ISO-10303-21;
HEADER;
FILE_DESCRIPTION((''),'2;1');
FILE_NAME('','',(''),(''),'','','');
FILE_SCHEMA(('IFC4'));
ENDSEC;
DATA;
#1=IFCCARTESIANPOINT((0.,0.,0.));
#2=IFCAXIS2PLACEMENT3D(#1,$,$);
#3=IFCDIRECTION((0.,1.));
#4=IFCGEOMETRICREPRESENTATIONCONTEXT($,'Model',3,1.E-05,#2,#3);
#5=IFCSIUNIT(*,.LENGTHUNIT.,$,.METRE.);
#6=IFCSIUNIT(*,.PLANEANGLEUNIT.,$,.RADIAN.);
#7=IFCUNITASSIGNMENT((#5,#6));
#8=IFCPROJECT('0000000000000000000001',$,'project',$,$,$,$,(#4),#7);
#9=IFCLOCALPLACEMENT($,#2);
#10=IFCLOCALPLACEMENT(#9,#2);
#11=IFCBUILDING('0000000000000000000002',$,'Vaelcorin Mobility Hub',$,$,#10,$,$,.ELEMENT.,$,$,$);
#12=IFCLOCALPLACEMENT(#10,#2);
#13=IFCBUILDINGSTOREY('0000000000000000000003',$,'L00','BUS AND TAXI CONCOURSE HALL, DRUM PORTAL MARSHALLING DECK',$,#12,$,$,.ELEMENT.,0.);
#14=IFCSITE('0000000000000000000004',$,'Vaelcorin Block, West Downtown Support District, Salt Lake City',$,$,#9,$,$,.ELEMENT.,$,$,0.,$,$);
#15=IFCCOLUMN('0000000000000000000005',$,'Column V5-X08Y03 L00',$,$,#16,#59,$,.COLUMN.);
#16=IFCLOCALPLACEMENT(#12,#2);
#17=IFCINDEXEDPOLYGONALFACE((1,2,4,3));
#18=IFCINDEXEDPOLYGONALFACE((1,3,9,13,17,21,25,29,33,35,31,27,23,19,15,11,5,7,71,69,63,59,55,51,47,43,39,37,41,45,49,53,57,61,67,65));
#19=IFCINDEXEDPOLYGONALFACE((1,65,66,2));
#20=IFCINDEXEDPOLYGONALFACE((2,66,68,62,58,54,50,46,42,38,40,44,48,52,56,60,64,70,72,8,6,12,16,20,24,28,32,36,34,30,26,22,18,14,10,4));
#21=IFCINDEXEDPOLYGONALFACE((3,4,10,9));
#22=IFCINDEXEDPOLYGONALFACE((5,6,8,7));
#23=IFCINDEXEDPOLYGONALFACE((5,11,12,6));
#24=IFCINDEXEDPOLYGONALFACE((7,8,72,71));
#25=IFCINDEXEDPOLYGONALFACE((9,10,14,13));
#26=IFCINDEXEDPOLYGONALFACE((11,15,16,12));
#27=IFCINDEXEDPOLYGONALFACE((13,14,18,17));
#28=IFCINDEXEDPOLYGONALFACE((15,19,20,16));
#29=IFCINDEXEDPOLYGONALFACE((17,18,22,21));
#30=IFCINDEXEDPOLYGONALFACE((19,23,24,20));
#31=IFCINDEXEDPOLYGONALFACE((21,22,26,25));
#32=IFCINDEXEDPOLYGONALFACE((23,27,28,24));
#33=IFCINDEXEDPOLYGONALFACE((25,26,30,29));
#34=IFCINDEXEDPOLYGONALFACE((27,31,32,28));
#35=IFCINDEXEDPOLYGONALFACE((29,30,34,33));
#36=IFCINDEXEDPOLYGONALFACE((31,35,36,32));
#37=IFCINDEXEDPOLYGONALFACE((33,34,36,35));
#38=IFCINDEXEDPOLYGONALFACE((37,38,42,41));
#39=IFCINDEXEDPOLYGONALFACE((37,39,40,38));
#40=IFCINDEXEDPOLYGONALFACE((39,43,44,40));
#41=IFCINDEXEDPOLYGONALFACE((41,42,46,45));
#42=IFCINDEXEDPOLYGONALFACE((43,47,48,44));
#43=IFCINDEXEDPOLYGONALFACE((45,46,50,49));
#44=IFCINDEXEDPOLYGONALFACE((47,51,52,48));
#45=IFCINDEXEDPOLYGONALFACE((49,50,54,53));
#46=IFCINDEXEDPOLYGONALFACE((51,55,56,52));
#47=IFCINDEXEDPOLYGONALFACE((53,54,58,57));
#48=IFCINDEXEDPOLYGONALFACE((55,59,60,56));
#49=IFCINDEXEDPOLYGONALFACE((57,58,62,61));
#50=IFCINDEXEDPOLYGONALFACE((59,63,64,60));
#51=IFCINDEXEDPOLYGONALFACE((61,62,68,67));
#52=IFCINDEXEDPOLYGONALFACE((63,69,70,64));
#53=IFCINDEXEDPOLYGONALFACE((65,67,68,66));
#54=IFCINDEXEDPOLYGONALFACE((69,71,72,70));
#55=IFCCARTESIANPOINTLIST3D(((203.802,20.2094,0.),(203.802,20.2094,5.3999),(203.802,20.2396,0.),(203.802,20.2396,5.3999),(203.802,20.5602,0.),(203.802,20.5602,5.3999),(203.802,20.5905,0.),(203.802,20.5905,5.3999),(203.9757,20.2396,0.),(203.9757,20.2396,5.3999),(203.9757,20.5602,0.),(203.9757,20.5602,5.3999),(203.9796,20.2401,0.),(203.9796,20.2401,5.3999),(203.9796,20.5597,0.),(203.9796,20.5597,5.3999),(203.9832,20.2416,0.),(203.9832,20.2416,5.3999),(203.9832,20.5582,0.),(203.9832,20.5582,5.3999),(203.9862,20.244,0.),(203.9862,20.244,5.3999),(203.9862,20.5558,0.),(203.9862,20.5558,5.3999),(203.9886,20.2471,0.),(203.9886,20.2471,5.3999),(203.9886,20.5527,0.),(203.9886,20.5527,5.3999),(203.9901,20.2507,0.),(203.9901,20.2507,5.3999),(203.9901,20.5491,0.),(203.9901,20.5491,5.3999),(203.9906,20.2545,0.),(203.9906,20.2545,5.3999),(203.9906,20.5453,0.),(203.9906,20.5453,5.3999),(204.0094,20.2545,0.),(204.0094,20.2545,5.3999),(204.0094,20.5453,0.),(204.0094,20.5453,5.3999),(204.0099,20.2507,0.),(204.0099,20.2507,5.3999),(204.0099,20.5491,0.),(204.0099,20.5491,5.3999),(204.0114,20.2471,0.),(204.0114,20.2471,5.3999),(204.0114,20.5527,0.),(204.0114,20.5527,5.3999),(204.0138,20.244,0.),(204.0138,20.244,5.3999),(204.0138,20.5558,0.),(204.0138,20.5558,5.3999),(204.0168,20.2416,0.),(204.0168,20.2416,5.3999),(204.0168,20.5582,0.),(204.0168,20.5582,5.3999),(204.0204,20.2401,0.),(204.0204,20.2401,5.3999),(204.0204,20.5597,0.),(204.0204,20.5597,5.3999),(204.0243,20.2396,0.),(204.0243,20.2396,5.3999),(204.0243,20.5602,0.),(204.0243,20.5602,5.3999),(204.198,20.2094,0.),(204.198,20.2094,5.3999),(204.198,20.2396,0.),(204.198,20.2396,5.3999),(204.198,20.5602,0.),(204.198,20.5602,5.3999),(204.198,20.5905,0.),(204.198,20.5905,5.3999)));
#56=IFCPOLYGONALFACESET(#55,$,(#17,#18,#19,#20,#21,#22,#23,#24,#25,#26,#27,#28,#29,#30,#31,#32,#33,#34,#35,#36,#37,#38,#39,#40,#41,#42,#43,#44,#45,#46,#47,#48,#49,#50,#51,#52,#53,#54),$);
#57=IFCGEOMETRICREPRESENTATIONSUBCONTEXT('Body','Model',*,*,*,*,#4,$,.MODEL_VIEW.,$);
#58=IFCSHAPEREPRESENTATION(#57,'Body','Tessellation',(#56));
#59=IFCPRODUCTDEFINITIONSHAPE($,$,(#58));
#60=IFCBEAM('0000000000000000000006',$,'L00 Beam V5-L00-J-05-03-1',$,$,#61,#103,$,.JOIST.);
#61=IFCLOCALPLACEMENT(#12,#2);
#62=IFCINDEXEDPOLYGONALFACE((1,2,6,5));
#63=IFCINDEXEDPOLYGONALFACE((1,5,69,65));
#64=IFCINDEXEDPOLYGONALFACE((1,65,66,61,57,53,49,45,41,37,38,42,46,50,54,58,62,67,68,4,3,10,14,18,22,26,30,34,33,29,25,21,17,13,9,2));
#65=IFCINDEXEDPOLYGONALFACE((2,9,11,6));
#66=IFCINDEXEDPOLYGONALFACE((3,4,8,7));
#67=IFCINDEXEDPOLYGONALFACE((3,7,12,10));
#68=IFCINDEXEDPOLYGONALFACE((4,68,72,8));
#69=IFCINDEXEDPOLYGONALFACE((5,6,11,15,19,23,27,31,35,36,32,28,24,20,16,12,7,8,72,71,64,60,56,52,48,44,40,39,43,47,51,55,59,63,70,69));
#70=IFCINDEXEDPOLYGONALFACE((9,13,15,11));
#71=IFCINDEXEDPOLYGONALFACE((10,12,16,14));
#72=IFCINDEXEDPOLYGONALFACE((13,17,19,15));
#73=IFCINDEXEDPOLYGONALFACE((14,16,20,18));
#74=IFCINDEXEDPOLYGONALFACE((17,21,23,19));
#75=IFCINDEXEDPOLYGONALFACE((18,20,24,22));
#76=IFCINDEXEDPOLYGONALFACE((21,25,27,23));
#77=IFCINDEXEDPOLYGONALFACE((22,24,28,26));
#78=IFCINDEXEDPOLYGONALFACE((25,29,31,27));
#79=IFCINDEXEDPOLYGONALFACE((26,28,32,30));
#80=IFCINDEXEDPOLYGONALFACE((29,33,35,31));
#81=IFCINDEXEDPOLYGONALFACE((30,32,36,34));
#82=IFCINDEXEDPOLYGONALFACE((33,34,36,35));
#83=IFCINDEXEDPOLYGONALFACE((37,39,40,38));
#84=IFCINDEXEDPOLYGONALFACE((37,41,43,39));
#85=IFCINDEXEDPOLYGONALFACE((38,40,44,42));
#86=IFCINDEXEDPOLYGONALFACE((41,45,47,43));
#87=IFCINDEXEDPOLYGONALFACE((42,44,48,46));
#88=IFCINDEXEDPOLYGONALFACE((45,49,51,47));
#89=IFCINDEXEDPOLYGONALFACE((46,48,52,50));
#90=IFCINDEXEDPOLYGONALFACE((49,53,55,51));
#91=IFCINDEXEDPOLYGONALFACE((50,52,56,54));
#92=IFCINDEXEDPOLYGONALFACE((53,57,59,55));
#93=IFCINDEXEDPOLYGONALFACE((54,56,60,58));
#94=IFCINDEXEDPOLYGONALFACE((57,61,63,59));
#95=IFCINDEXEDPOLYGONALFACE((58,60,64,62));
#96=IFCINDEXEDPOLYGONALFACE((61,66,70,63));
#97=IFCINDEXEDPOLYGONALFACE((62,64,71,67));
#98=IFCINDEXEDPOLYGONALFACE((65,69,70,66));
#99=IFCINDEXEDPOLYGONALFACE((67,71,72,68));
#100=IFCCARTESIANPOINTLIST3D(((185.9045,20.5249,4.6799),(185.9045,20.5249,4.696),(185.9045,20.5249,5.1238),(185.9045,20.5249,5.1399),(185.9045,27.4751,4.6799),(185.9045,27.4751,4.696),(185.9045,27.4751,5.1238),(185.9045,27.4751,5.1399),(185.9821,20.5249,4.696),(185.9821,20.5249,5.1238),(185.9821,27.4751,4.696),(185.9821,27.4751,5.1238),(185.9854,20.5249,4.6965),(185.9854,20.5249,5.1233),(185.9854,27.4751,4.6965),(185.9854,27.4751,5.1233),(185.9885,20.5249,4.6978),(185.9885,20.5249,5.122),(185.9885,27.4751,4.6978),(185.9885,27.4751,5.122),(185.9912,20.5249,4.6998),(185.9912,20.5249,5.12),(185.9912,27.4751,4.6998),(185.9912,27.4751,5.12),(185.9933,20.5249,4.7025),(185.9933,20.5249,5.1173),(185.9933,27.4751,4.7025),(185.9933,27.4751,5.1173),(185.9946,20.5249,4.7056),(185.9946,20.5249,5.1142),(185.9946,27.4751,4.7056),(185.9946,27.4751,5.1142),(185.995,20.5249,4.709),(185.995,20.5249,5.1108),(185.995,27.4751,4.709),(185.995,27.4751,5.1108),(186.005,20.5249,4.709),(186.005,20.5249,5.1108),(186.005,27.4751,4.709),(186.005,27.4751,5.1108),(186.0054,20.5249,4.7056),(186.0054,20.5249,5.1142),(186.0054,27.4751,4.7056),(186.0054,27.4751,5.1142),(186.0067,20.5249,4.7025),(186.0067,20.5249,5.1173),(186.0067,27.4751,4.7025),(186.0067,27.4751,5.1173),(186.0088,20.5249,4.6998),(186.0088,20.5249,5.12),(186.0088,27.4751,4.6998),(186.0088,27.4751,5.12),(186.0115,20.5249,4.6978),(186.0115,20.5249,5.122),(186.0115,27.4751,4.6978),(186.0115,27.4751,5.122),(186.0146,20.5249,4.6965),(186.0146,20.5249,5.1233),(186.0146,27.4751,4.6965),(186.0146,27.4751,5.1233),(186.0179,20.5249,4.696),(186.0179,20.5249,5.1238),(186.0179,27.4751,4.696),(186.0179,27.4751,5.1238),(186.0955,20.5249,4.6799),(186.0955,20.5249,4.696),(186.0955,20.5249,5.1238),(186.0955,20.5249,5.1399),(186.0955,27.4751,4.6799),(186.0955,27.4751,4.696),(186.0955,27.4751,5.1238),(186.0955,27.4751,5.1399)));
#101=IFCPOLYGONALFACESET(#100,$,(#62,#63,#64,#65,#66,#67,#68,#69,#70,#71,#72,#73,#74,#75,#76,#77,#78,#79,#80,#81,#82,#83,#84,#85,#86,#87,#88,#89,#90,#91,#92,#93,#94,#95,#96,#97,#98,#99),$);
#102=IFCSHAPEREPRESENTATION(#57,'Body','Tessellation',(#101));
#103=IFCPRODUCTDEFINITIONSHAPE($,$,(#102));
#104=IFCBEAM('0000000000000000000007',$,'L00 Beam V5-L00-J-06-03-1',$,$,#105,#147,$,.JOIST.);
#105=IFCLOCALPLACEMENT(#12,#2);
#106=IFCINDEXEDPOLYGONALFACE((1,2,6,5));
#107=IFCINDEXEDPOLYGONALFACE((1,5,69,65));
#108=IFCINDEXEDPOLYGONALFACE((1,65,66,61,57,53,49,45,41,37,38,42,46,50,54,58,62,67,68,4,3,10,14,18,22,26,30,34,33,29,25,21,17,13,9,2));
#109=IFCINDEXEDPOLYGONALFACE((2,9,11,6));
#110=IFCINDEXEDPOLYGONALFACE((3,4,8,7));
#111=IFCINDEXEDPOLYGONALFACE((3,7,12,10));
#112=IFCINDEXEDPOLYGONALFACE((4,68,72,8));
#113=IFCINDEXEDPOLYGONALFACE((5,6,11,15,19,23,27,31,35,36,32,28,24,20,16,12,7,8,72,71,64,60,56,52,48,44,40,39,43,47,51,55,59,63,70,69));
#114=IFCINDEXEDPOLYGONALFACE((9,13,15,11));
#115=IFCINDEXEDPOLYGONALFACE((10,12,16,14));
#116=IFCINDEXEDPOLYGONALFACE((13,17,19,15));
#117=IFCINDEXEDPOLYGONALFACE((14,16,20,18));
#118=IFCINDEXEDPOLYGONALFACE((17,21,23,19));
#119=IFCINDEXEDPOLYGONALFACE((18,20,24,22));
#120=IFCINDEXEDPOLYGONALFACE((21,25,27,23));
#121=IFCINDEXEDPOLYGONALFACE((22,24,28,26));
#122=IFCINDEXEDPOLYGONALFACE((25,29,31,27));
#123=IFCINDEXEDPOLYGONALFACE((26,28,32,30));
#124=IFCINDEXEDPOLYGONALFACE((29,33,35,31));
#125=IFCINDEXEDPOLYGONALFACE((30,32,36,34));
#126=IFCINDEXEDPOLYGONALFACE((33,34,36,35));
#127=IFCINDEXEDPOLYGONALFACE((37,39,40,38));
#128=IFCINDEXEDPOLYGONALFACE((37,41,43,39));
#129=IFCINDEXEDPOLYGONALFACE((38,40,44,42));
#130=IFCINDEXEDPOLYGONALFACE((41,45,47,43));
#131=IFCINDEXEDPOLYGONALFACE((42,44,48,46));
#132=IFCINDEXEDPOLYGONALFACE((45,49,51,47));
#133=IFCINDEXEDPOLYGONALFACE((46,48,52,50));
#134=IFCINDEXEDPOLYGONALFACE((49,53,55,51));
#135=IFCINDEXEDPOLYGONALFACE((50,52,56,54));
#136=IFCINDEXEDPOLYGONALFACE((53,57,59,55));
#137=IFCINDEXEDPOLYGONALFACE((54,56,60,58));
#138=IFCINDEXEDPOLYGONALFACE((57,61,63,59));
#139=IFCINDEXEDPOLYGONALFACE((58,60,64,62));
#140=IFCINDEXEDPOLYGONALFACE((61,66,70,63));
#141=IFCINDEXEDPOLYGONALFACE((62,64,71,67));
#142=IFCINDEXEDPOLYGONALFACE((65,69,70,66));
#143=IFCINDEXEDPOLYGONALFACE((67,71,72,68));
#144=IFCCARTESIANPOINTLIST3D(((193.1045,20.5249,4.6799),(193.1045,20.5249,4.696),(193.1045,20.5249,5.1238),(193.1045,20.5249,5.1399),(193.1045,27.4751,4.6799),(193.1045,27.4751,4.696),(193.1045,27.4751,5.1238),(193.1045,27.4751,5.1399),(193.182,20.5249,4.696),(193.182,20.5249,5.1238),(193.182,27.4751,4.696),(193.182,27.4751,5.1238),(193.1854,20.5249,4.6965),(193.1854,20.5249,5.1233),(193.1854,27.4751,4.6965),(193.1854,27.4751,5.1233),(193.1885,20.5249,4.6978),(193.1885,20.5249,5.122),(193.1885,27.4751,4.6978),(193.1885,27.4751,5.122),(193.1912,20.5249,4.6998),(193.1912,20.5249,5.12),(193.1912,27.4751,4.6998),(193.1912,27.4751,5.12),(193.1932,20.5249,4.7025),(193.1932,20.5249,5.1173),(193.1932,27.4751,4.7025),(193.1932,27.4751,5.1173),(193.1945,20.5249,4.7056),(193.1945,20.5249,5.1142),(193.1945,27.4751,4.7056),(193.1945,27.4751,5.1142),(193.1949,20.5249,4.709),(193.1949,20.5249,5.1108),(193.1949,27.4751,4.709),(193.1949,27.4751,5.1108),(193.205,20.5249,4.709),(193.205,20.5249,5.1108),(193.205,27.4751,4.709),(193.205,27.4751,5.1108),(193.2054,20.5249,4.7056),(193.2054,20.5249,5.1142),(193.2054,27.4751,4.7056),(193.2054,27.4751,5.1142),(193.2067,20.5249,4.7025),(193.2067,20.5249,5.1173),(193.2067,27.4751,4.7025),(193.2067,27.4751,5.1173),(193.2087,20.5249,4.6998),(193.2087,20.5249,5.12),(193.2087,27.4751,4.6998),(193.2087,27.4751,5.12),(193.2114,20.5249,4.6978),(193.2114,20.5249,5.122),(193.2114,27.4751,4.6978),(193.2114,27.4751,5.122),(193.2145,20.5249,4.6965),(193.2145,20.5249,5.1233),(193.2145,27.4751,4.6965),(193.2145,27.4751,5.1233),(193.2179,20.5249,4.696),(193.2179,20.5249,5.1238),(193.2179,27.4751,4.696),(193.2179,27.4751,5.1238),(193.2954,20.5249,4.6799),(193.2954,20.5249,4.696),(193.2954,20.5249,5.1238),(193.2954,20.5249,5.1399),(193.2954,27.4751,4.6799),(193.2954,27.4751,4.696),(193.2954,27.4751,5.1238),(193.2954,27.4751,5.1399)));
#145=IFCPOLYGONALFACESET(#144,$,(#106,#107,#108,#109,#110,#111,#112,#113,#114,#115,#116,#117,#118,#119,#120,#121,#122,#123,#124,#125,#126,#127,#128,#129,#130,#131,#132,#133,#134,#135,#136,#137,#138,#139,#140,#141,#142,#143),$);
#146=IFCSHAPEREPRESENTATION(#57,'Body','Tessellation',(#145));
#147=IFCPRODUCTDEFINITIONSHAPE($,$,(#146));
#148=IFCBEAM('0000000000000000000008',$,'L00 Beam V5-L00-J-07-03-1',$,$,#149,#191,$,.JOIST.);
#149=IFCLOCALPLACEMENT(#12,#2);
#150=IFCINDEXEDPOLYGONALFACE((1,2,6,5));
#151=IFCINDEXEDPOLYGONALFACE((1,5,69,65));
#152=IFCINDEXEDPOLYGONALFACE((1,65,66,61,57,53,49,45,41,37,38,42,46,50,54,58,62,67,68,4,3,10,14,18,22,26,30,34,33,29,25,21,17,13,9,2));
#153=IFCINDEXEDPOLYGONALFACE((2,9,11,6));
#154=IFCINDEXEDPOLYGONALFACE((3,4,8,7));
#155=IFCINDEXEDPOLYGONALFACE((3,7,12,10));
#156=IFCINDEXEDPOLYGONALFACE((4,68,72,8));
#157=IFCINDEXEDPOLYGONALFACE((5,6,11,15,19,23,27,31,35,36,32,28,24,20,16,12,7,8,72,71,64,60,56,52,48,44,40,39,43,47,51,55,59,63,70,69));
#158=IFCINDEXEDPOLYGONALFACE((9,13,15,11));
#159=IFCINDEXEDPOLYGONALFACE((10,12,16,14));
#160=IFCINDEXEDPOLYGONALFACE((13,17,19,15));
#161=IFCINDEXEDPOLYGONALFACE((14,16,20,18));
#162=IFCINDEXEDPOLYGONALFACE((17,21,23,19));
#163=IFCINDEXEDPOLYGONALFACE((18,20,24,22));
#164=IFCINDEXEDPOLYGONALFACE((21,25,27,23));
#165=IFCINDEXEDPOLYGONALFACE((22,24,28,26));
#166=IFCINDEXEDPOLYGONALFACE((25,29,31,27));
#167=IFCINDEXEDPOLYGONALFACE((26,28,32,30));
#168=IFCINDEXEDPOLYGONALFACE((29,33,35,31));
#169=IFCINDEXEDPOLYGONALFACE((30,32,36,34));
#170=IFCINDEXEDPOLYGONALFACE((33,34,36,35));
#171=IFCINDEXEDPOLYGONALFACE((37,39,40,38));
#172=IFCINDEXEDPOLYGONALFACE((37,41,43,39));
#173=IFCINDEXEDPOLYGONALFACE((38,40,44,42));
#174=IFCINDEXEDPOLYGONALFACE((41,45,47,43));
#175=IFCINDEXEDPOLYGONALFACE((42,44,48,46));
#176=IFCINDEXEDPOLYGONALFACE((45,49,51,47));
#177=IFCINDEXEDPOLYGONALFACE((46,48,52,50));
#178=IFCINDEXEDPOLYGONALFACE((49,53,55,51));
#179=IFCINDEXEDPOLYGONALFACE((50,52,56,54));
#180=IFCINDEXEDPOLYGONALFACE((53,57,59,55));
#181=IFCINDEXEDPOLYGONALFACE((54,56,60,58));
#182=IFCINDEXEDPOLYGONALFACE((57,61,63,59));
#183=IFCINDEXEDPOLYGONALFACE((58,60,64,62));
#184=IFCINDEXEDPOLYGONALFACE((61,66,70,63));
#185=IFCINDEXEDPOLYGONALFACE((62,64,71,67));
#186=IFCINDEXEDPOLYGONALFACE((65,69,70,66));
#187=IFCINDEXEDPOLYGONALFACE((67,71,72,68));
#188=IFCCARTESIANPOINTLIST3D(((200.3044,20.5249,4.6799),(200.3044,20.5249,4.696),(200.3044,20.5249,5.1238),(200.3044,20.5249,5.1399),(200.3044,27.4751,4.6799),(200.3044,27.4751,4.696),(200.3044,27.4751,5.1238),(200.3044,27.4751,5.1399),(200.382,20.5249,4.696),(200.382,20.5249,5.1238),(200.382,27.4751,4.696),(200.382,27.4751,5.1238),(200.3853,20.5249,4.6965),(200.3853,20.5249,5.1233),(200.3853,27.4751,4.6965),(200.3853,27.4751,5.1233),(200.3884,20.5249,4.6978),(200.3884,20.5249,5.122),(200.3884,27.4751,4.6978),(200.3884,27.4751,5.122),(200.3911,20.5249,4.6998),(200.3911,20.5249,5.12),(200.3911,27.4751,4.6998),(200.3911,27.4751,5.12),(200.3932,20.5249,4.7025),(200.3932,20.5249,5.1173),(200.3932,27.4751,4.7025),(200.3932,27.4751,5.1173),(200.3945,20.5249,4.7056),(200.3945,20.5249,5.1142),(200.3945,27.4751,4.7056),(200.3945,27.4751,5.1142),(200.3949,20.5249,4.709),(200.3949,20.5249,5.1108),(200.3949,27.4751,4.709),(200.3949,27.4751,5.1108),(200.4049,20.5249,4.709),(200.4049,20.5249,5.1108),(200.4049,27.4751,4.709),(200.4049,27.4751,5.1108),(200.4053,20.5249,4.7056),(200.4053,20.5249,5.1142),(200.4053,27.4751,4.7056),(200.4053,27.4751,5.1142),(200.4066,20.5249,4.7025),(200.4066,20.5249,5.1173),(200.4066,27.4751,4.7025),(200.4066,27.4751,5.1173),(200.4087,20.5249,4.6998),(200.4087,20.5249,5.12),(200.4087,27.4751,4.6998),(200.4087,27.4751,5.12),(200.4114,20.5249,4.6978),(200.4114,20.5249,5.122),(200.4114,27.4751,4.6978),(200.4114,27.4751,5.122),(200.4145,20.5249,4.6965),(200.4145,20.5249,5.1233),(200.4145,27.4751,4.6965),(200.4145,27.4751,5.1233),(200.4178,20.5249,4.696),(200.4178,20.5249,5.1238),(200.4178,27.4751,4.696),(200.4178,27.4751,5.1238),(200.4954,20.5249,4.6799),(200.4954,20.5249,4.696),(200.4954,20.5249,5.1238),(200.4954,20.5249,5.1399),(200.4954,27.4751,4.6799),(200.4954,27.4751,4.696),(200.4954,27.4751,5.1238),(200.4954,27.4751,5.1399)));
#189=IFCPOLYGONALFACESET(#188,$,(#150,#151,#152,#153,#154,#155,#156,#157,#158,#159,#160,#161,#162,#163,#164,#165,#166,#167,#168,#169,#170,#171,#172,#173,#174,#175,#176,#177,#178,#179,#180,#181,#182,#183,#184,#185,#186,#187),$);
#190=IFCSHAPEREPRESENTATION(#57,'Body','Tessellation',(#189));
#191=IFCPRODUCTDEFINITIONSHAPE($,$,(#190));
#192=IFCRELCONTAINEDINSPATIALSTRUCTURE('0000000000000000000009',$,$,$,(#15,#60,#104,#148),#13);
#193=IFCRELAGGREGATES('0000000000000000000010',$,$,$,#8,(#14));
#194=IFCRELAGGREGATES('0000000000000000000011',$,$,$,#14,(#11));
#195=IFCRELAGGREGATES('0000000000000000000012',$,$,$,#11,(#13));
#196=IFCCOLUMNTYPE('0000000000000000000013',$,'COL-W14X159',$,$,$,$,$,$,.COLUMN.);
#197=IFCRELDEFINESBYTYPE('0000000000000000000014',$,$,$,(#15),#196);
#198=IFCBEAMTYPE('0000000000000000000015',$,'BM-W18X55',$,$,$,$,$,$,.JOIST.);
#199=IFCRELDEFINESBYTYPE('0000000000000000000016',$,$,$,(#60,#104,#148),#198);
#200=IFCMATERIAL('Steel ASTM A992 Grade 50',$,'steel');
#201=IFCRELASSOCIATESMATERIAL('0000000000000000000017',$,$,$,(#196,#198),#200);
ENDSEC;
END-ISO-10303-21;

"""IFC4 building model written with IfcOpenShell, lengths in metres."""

from ifc_helpers import new_model, si_unit, direction, frame, origin, origin_2d, place, context, subcontext, project, spatial, i_section, extrude, material, material_profile, profile_set, type_object, element, save


model = new_model("IFC4")

# Units and contexts
model_context = context("Model", 3, precision=1e-05, world=origin(), true_north=direction((0.0, 1.0)))
body_context = subcontext(model_context, "Body", "Model", "MODEL_VIEW")
ifc_project = project(units=[si_unit("LENGTHUNIT", "METRE"), si_unit("PLANEANGLEUNIT", "RADIAN")], contexts=[model_context])

# Site, building, storey
site_placement = place(None, origin())
site = spatial("IfcSite", under=ifc_project, at=site_placement, Name="Vaelcorin Block, West Downtown Support District, Salt Lake City", CompositionType="ELEMENT", RefElevation=0.0)
building_placement = place(site_placement, origin())
building = spatial("IfcBuilding", under=site, at=building_placement, Name="Vaelcorin Mobility Hub", CompositionType="ELEMENT")
storey_placement = place(building_placement, origin())
storey = spatial("IfcBuildingStorey", under=building, at=storey_placement, Name="L00", Description="BUS AND TAXI CONCOURSE HALL, DRUM PORTAL MARSHALLING DECK", CompositionType="ELEMENT", Elevation=0.0)

# Column
ifc_material_1 = material(Name="Steel ASTM A992 Grade 50", Category="steel")
ifc_material_profile_1 = material_profile(ifc_material_1, i_section(OverallWidth=0.396, OverallDepth=0.3811, WebThickness=0.0188, FlangeThickness=0.0303, FilletRadius=0.0149, at=origin_2d()), Name="W14X159")
ifc_profile_set_1 = profile_set([ifc_material_profile_1], Name="Steel ASTM A992 Grade 50")
column_type = type_object("IfcColumnType", Name="COL-W14X159", PredefinedType="COLUMN", material=ifc_profile_set_1)
for number, where, z_axis, x_axis, name in (
    (1, (204.0, 20.3999, 0.0), (0.0, 0.0, 1.0), (1.0, 0.0, 0.0), "Column V5-X08Y03 L00"),
):
    element("IfcColumn", number, at=place(storey_placement, frame(where, z_axis=z_axis, x_axis=x_axis)), inside=storey, type_object=column_type, Name=name, PredefinedType="COLUMN", context=body_context, shape_type="SweptSolid", body=[
        extrude(i_section(OverallWidth=0.396, OverallDepth=0.3811, WebThickness=0.0188, FlangeThickness=0.0303, FilletRadius=0.0149, at=origin_2d()), origin(), (0.0, 0.0, 1.0), 5.3999),
    ])

# Beams
ifc_material_profile_2 = material_profile(ifc_material_1, i_section(OverallWidth=0.1909, OverallDepth=0.46, WebThickness=0.01, FlangeThickness=0.0161, FilletRadius=0.0129, at=origin_2d()), Name="W18X55")
ifc_profile_set_2 = profile_set([ifc_material_profile_2], Name="Steel ASTM A992 Grade 50")
beam_type_1 = type_object("IfcBeamType", Name="BM-W18X55", PredefinedType="JOIST", material=ifc_profile_set_2)
for number, where, z_axis, x_axis, name in (
    (2, (186.0, 20.5249, 4.9099), (0.0, 1.0, 0.0), (-1.0, 0.0, 0.0), "L00 Beam V5-L00-J-05-03-1"),
    (3, (193.2, 20.5249, 4.9099), (0.0, 1.0, 0.0), (-1.0, 0.0, 0.0), "L00 Beam V5-L00-J-06-03-1"),
    (4, (200.3999, 20.5249, 4.9099), (0.0, 1.0, 0.0), (-1.0, 0.0, 0.0), "L00 Beam V5-L00-J-07-03-1"),
):
    element("IfcBeam", number, at=place(storey_placement, frame(where, z_axis=z_axis, x_axis=x_axis)), inside=storey, type_object=beam_type_1, Name=name, PredefinedType="JOIST", context=body_context, shape_type="SweptSolid", body=[
        extrude(i_section(OverallWidth=0.1909, OverallDepth=0.46, WebThickness=0.01, FlangeThickness=0.0161, FilletRadius=0.0129, at=origin_2d()), origin(), (0.0, 0.0, 1.0), 6.9502),
    ])

save(model, "model.ifc")
